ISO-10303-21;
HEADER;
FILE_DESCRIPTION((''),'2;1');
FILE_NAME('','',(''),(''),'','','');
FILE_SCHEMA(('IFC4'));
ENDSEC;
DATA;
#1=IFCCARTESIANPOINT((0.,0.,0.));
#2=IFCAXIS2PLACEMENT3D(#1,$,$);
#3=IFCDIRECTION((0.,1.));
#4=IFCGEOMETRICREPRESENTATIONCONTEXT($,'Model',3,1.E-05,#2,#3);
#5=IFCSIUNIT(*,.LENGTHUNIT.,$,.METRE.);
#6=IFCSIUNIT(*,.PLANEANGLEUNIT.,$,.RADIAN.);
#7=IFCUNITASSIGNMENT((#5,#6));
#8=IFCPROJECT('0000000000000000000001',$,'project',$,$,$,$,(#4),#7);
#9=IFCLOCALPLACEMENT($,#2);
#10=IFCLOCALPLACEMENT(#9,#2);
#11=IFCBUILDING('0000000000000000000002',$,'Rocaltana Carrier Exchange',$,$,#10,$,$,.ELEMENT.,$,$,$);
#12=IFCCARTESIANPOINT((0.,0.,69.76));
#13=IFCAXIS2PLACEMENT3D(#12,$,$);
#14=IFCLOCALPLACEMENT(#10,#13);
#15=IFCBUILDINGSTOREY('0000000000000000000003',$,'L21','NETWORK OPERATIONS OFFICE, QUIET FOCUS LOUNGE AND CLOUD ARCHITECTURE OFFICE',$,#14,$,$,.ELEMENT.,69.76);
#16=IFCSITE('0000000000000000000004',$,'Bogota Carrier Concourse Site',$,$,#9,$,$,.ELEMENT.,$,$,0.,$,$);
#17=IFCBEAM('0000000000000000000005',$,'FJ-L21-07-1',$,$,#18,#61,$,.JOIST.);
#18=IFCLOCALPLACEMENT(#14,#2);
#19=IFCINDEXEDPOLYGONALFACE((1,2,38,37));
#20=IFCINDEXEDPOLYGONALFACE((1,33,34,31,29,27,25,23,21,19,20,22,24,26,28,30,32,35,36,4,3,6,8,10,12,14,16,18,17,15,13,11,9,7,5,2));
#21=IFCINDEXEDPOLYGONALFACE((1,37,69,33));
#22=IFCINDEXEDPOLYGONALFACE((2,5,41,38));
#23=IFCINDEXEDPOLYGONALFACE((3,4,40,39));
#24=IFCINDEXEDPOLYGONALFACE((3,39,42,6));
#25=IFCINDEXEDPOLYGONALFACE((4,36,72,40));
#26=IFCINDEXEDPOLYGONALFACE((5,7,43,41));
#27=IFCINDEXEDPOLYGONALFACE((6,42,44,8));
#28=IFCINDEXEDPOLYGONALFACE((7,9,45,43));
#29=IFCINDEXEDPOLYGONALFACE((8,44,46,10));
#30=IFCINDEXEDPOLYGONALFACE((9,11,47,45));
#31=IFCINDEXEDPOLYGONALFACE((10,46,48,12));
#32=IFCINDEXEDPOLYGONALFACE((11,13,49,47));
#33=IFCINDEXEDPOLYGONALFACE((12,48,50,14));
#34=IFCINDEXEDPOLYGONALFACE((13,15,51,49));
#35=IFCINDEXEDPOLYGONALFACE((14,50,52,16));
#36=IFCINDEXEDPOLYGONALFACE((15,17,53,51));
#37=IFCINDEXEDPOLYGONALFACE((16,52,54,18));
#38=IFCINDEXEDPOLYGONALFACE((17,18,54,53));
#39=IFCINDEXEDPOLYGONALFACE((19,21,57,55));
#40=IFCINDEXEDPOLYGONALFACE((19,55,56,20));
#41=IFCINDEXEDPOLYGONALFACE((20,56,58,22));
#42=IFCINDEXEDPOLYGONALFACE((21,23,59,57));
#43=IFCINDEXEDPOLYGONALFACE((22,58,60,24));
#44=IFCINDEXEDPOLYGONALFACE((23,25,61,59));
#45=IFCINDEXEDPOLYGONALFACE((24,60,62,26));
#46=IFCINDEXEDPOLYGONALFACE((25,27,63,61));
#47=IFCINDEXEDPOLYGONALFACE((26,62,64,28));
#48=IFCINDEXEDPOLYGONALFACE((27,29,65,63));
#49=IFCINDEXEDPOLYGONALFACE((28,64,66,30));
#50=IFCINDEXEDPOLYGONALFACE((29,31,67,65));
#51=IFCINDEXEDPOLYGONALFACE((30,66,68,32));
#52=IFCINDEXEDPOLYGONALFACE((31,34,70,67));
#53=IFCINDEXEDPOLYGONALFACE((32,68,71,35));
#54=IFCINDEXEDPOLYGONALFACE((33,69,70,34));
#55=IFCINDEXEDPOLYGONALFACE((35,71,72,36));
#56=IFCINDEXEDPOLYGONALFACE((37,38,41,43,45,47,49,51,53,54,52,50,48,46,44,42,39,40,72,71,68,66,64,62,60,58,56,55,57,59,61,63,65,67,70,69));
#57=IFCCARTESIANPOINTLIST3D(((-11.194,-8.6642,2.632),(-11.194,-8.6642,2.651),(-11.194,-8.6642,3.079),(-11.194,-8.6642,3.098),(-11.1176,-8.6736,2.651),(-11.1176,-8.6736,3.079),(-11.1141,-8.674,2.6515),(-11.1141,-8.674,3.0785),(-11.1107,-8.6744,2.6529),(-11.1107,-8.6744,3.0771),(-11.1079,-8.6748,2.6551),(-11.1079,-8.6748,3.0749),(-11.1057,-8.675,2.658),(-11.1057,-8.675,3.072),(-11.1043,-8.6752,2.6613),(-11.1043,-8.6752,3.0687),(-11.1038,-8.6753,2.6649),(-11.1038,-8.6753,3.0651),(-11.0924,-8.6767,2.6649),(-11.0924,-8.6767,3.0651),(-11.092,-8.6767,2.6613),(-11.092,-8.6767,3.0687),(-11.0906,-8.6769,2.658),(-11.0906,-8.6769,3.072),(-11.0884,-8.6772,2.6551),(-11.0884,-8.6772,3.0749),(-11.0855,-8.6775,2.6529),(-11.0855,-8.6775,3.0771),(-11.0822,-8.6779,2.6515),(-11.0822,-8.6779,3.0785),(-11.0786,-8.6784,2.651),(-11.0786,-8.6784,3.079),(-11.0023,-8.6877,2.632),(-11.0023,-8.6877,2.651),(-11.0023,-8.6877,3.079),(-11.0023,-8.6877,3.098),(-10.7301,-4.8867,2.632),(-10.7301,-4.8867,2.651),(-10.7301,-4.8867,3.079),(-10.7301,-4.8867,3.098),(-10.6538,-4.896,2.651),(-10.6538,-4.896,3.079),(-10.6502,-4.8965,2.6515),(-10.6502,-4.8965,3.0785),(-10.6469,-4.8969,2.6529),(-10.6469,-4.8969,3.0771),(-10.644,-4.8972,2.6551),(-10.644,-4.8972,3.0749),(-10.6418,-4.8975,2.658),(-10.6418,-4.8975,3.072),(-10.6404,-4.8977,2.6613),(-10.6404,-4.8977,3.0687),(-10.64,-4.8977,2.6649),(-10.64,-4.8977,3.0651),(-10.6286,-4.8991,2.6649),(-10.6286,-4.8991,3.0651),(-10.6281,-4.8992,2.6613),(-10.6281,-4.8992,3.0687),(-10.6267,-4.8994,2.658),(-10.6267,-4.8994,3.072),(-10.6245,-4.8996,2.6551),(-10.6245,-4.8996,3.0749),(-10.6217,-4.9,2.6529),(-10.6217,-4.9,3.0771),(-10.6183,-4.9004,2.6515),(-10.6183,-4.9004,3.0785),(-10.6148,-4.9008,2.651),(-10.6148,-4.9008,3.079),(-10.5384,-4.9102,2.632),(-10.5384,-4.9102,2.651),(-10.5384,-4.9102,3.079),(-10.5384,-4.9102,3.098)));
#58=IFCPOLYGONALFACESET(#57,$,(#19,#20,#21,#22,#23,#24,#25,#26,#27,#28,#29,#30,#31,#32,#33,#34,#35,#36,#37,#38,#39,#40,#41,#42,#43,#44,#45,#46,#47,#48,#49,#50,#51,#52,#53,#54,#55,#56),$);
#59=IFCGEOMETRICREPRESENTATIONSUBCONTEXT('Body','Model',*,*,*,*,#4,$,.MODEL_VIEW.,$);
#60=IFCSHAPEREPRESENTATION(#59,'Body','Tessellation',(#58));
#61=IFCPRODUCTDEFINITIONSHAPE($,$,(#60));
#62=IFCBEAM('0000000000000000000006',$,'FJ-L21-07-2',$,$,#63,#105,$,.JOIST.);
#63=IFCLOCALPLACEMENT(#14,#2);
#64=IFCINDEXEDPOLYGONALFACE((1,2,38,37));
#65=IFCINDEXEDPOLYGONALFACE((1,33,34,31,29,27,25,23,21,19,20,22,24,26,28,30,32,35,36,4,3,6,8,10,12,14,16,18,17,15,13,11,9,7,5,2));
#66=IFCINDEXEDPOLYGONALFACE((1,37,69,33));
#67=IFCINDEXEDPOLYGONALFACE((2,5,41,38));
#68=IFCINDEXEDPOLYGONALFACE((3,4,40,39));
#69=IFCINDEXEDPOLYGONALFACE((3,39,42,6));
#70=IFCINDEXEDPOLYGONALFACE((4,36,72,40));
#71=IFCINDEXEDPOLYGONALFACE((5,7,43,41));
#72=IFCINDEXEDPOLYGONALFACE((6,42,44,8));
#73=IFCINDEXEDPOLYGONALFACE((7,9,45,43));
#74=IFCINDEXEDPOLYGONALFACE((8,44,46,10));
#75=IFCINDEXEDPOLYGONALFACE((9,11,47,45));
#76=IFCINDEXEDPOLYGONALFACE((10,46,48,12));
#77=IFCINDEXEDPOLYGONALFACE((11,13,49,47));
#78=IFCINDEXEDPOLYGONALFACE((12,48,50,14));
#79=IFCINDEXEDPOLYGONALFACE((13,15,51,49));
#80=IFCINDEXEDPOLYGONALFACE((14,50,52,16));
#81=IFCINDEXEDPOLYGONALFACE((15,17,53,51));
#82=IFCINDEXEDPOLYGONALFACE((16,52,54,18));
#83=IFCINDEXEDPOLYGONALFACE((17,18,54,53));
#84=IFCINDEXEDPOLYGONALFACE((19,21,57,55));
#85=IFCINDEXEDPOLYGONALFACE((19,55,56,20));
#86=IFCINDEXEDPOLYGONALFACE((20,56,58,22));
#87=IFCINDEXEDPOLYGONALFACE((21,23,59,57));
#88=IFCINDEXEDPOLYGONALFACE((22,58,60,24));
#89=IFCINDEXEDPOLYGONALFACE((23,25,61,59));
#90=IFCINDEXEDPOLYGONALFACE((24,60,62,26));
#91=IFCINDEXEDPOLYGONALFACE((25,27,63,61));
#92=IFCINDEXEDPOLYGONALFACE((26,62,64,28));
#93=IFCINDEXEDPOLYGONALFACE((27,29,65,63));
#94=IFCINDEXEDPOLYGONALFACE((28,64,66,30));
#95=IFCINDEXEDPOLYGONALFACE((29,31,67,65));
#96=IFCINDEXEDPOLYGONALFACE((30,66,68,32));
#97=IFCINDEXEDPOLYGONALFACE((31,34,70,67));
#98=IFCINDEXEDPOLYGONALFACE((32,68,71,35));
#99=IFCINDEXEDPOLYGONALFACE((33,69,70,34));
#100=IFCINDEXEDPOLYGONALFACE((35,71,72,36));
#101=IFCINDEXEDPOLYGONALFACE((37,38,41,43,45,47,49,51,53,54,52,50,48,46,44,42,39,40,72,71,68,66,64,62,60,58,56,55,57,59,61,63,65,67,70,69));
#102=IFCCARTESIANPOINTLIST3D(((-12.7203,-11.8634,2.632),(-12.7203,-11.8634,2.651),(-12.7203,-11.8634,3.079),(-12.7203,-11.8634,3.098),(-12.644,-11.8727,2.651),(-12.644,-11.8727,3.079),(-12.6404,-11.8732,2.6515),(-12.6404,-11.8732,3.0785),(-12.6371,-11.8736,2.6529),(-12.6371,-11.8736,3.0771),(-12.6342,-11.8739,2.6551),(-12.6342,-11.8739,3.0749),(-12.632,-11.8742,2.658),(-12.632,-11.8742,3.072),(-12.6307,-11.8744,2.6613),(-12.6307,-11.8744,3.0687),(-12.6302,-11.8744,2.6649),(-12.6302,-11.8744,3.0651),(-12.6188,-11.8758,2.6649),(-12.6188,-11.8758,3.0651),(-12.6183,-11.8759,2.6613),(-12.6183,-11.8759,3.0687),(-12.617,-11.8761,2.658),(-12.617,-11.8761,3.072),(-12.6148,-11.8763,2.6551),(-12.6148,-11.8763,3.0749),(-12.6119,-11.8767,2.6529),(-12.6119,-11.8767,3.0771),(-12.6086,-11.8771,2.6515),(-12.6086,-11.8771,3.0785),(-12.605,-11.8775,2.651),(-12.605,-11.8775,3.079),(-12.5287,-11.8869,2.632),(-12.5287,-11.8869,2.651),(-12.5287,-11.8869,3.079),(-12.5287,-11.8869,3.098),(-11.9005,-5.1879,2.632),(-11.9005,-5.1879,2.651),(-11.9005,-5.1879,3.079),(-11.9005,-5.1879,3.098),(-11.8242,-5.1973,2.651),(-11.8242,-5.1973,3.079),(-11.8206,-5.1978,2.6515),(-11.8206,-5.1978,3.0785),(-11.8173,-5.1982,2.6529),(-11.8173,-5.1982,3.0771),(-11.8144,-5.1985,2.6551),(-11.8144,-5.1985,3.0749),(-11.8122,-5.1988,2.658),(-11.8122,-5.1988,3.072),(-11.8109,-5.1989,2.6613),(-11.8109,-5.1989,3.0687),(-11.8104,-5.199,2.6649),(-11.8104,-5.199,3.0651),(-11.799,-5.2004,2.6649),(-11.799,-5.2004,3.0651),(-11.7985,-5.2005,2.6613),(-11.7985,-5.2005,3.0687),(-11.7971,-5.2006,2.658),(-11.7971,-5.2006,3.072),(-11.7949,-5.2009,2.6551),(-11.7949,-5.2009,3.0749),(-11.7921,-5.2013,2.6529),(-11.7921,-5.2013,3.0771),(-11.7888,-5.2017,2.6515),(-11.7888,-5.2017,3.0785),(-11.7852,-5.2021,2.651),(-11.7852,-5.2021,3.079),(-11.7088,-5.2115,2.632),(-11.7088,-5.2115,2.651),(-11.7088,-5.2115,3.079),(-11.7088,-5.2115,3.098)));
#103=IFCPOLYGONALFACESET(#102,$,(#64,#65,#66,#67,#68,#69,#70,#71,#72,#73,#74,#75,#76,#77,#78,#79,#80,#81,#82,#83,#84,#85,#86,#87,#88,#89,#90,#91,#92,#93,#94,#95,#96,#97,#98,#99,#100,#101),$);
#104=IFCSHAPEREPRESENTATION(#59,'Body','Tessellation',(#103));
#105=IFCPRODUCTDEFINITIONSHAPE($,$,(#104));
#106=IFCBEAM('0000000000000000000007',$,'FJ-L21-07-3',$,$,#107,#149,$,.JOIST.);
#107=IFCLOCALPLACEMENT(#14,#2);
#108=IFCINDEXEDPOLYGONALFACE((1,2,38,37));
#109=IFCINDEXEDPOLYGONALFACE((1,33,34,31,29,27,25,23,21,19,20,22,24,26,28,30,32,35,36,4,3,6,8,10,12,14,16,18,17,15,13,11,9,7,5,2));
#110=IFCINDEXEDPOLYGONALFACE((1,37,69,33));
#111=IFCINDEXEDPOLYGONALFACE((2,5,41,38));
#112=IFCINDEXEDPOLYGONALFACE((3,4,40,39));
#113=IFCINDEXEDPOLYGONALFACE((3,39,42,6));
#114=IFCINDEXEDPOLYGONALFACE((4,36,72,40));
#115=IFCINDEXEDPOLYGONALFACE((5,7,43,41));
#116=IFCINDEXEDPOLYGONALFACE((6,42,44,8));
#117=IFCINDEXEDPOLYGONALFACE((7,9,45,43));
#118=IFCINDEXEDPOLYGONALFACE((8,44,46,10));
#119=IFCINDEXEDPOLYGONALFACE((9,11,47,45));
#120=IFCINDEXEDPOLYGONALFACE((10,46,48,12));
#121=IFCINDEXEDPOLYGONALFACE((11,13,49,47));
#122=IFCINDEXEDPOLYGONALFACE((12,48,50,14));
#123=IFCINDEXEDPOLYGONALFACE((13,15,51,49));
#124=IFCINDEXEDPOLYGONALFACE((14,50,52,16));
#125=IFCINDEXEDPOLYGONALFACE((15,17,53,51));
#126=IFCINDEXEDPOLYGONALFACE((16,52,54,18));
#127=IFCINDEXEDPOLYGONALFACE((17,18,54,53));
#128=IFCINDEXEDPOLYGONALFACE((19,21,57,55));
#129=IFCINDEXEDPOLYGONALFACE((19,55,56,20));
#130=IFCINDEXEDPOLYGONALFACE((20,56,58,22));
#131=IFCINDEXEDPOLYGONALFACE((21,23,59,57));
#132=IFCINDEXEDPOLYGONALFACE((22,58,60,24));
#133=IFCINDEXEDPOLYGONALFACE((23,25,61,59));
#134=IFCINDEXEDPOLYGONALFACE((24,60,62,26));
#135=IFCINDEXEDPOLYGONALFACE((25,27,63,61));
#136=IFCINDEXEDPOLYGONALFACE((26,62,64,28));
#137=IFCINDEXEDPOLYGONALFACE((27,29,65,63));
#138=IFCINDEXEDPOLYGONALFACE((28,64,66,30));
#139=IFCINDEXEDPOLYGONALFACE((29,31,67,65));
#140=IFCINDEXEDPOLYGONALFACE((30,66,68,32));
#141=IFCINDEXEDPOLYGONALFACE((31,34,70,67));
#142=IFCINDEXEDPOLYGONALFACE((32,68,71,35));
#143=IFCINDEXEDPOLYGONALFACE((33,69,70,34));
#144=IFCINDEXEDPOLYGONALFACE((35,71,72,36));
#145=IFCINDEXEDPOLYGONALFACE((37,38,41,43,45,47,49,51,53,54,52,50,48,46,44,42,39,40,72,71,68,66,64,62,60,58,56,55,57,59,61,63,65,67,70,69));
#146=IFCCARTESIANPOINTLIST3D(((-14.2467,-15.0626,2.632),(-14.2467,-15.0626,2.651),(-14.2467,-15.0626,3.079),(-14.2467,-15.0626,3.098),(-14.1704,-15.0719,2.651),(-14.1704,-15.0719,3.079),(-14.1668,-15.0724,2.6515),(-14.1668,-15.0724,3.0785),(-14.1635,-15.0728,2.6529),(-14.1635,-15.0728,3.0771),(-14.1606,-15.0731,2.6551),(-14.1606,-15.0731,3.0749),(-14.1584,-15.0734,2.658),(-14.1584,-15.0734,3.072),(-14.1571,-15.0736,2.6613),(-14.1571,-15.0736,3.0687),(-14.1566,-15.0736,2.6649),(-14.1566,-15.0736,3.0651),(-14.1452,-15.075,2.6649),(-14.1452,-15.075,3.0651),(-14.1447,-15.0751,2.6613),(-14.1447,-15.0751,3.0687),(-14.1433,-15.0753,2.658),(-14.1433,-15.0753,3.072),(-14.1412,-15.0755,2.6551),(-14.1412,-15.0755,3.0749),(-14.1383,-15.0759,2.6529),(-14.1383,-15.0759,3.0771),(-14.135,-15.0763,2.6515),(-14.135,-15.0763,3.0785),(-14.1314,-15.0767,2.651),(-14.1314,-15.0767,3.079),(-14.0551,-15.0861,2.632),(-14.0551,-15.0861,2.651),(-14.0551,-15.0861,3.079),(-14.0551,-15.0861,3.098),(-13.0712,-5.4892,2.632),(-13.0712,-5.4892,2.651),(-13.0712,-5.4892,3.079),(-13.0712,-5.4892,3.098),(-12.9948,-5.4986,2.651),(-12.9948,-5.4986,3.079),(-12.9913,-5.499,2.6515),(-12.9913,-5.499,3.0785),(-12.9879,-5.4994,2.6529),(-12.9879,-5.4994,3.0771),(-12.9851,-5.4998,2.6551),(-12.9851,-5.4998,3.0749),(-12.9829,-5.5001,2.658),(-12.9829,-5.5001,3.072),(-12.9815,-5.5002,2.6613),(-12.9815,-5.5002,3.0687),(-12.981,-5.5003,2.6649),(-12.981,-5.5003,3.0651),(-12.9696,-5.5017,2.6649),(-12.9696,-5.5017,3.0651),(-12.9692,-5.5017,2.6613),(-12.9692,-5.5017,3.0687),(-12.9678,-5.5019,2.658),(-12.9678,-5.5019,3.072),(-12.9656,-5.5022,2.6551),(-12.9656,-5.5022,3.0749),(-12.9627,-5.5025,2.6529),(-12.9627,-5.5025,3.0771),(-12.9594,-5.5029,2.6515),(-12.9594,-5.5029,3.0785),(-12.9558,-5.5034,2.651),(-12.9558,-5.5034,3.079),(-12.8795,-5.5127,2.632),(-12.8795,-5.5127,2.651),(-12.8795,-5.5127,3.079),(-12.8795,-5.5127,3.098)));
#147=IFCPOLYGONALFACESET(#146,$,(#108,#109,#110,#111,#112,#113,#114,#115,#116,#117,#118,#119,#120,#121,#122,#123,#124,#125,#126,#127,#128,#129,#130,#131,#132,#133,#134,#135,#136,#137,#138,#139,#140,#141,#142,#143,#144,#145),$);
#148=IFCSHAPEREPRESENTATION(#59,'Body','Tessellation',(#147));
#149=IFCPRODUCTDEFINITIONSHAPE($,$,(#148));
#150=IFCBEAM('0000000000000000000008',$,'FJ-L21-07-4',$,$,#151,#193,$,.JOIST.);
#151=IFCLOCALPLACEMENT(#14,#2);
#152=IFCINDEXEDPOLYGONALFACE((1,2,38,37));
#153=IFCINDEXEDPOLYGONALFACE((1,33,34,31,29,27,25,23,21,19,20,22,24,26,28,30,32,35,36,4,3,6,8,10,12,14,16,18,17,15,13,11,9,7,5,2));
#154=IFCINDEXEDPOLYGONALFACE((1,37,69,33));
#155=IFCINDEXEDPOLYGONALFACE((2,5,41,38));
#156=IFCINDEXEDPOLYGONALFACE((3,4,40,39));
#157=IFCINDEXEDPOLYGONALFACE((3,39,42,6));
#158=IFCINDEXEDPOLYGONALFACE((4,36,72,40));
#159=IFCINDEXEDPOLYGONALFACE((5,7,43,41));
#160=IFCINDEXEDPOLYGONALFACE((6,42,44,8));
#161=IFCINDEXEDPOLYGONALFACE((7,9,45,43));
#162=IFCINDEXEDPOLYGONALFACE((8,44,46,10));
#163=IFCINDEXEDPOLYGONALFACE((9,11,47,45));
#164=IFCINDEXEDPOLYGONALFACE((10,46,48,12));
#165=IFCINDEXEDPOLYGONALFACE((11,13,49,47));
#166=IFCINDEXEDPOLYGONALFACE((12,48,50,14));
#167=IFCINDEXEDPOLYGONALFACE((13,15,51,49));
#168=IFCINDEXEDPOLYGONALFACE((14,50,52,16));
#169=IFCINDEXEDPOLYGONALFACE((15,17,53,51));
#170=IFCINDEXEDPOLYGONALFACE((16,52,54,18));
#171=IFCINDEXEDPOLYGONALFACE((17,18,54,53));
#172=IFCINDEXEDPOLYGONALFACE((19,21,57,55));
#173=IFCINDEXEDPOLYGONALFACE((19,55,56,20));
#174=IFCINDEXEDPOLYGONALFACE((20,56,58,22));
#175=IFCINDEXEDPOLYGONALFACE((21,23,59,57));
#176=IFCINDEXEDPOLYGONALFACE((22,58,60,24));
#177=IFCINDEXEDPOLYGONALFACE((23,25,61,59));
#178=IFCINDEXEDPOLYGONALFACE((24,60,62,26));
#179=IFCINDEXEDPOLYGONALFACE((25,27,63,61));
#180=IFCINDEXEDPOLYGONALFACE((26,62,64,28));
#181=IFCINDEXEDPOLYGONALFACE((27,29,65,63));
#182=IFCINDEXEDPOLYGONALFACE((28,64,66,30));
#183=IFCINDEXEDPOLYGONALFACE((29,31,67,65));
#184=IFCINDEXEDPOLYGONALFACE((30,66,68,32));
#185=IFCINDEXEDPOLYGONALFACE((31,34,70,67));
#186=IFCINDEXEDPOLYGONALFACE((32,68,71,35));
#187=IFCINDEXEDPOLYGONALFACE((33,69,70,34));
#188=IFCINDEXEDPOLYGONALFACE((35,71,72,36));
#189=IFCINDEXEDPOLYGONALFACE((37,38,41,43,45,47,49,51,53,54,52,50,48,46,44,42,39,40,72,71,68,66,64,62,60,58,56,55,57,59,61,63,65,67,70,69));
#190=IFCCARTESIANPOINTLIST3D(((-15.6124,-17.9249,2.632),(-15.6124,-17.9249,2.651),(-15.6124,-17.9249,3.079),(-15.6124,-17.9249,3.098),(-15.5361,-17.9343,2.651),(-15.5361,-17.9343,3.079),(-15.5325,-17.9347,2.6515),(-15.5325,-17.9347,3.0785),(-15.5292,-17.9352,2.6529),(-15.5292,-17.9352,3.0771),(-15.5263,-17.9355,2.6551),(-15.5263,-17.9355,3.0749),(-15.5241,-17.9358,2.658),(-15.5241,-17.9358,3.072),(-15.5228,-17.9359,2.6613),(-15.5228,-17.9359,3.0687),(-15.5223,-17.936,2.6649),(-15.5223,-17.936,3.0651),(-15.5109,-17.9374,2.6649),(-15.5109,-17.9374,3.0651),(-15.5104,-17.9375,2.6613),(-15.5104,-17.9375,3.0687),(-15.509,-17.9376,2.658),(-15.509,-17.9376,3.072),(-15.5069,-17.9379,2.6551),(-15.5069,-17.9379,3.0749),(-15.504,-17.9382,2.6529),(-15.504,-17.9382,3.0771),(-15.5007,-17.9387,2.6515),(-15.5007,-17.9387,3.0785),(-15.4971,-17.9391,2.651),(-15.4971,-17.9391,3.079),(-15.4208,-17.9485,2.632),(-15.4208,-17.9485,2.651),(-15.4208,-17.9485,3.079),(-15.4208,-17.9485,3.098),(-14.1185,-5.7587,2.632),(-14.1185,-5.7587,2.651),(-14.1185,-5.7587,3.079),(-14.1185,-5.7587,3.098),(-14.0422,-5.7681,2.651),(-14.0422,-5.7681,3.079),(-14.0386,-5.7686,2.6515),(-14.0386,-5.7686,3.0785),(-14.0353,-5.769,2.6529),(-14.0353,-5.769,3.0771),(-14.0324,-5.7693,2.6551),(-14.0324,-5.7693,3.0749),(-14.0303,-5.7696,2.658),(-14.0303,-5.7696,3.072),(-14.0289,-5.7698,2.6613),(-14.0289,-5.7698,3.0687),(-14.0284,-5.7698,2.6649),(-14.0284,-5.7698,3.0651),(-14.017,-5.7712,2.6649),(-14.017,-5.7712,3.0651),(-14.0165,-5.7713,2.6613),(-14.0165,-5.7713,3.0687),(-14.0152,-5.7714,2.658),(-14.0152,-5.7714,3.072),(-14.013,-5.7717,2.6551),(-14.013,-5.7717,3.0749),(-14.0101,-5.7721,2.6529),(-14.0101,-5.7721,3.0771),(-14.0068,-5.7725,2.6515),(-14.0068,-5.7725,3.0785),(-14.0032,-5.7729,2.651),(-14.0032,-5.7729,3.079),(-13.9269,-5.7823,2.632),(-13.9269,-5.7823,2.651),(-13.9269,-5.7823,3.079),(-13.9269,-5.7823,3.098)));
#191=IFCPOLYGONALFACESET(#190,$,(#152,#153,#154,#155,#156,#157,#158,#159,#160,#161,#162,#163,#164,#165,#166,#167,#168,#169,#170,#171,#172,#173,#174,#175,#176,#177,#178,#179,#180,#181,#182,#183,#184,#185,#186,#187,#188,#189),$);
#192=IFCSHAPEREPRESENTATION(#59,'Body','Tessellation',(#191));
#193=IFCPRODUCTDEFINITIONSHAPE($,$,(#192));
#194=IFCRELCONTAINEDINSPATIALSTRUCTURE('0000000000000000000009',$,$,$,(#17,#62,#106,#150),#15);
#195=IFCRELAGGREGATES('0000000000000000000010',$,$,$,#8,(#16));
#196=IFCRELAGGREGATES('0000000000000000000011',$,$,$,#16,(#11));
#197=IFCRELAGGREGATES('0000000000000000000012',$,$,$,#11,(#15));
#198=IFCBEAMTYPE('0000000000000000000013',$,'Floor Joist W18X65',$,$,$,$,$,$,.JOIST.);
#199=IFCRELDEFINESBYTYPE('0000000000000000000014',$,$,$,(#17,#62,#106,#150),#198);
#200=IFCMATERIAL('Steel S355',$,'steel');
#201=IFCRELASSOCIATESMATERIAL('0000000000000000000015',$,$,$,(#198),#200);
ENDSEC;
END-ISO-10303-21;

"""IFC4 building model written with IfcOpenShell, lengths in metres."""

from ifc_helpers import new_model, si_unit, direction, frame, origin, origin_2d, place, context, subcontext, project, spatial, i_section, extrude, material, material_profile, profile_set, type_object, element, save


model = new_model("IFC4")

# Units and contexts
model_context = context("Model", 3, precision=1e-05, world=origin(), true_north=direction((0.0, 1.0)))
body_context = subcontext(model_context, "Body", "Model", "MODEL_VIEW")
ifc_project = project(units=[si_unit("LENGTHUNIT", "METRE"), si_unit("PLANEANGLEUNIT", "RADIAN")], contexts=[model_context])

# Site, building, storey
site_placement = place(None, origin())
site = spatial("IfcSite", under=ifc_project, at=site_placement, Name="Bogota Carrier Concourse Site", CompositionType="ELEMENT", RefElevation=0.0)
building_placement = place(site_placement, origin())
building = spatial("IfcBuilding", under=site, at=building_placement, Name="Rocaltana Carrier Exchange", CompositionType="ELEMENT")
storey_placement = place(building_placement, frame((0.0, 0.0, 69.76)))
storey = spatial("IfcBuildingStorey", under=building, at=storey_placement, Name="L21", Description="NETWORK OPERATIONS OFFICE, QUIET FOCUS LOUNGE AND CLOUD ARCHITECTURE OFFICE", CompositionType="ELEMENT", Elevation=69.76)

# Beams
ifc_material_1 = material(Name="Steel S355", Category="steel")
ifc_material_profile_1 = material_profile(ifc_material_1, i_section(OverallWidth=0.1931, OverallDepth=0.4661, WebThickness=0.0115, FlangeThickness=0.019, FilletRadius=0.0139, at=origin_2d()), Name="W18X65")
ifc_profile_set_1 = profile_set([ifc_material_profile_1], Name="Steel S355")
beam_type_1 = type_object("IfcBeamType", Name="Floor Joist W18X65", PredefinedType="JOIST", material=ifc_profile_set_1)
beam_1_placement = place(storey_placement, frame((-10.6343, -4.8984, 2.865), z_axis=(-0.121879, -0.992545, 0.0), x_axis=(0.992545, -0.121879, 0.0)))
element("IfcBeam", 1, at=beam_1_placement, inside=storey, type_object=beam_type_1, Name="FJ-L21-07-1", PredefinedType="JOIST", context=body_context, shape_type="SweptSolid", body=[
    extrude(i_section(OverallWidth=0.1931, OverallDepth=0.4661, WebThickness=0.0115, FlangeThickness=0.019, FilletRadius=0.0139, at=origin_2d()), origin(), (0.0, 0.0, 1.0), 3.8059),
])
beam_2_placement = place(storey_placement, frame((-11.8047, -5.1997, 2.865), z_axis=(-0.121894, -0.992543, 0.0), x_axis=(0.992543, -0.121894, 0.0)))
element("IfcBeam", 2, at=beam_2_placement, inside=storey, type_object=beam_type_1, Name="FJ-L21-07-2", PredefinedType="JOIST", context=body_context, shape_type="SweptSolid", body=[
    extrude(i_section(OverallWidth=0.1931, OverallDepth=0.4661, WebThickness=0.0115, FlangeThickness=0.019, FilletRadius=0.0139, at=origin_2d()), origin(), (0.0, 0.0, 1.0), 6.7256),
])
beam_3_placement = place(storey_placement, frame((-12.9753, -5.501, 2.865), z_axis=(-0.121879, -0.992545, 0.0), x_axis=(0.992545, -0.121879, 0.0)))
element("IfcBeam", 3, at=beam_3_placement, inside=storey, type_object=beam_type_1, Name="FJ-L21-07-3", PredefinedType="JOIST", context=body_context, shape_type="SweptSolid", body=[
    extrude(i_section(OverallWidth=0.1931, OverallDepth=0.4661, WebThickness=0.0115, FlangeThickness=0.019, FilletRadius=0.0139, at=origin_2d()), origin(), (0.0, 0.0, 1.0), 9.6453),
])
beam_4_placement = place(storey_placement, frame((-14.0227, -5.7705, 2.865), z_axis=(-0.121875, -0.992545, 0.0), x_axis=(0.992545, -0.121875, 0.0)))
element("IfcBeam", 4, at=beam_4_placement, inside=storey, type_object=beam_type_1, Name="FJ-L21-07-4", PredefinedType="JOIST", context=body_context, shape_type="SweptSolid", body=[
    extrude(i_section(OverallWidth=0.1931, OverallDepth=0.4661, WebThickness=0.0115, FlangeThickness=0.019, FilletRadius=0.0139, at=origin_2d()), origin(), (0.0, 0.0, 1.0), 12.2576),
])

save(model, "model.ifc")
